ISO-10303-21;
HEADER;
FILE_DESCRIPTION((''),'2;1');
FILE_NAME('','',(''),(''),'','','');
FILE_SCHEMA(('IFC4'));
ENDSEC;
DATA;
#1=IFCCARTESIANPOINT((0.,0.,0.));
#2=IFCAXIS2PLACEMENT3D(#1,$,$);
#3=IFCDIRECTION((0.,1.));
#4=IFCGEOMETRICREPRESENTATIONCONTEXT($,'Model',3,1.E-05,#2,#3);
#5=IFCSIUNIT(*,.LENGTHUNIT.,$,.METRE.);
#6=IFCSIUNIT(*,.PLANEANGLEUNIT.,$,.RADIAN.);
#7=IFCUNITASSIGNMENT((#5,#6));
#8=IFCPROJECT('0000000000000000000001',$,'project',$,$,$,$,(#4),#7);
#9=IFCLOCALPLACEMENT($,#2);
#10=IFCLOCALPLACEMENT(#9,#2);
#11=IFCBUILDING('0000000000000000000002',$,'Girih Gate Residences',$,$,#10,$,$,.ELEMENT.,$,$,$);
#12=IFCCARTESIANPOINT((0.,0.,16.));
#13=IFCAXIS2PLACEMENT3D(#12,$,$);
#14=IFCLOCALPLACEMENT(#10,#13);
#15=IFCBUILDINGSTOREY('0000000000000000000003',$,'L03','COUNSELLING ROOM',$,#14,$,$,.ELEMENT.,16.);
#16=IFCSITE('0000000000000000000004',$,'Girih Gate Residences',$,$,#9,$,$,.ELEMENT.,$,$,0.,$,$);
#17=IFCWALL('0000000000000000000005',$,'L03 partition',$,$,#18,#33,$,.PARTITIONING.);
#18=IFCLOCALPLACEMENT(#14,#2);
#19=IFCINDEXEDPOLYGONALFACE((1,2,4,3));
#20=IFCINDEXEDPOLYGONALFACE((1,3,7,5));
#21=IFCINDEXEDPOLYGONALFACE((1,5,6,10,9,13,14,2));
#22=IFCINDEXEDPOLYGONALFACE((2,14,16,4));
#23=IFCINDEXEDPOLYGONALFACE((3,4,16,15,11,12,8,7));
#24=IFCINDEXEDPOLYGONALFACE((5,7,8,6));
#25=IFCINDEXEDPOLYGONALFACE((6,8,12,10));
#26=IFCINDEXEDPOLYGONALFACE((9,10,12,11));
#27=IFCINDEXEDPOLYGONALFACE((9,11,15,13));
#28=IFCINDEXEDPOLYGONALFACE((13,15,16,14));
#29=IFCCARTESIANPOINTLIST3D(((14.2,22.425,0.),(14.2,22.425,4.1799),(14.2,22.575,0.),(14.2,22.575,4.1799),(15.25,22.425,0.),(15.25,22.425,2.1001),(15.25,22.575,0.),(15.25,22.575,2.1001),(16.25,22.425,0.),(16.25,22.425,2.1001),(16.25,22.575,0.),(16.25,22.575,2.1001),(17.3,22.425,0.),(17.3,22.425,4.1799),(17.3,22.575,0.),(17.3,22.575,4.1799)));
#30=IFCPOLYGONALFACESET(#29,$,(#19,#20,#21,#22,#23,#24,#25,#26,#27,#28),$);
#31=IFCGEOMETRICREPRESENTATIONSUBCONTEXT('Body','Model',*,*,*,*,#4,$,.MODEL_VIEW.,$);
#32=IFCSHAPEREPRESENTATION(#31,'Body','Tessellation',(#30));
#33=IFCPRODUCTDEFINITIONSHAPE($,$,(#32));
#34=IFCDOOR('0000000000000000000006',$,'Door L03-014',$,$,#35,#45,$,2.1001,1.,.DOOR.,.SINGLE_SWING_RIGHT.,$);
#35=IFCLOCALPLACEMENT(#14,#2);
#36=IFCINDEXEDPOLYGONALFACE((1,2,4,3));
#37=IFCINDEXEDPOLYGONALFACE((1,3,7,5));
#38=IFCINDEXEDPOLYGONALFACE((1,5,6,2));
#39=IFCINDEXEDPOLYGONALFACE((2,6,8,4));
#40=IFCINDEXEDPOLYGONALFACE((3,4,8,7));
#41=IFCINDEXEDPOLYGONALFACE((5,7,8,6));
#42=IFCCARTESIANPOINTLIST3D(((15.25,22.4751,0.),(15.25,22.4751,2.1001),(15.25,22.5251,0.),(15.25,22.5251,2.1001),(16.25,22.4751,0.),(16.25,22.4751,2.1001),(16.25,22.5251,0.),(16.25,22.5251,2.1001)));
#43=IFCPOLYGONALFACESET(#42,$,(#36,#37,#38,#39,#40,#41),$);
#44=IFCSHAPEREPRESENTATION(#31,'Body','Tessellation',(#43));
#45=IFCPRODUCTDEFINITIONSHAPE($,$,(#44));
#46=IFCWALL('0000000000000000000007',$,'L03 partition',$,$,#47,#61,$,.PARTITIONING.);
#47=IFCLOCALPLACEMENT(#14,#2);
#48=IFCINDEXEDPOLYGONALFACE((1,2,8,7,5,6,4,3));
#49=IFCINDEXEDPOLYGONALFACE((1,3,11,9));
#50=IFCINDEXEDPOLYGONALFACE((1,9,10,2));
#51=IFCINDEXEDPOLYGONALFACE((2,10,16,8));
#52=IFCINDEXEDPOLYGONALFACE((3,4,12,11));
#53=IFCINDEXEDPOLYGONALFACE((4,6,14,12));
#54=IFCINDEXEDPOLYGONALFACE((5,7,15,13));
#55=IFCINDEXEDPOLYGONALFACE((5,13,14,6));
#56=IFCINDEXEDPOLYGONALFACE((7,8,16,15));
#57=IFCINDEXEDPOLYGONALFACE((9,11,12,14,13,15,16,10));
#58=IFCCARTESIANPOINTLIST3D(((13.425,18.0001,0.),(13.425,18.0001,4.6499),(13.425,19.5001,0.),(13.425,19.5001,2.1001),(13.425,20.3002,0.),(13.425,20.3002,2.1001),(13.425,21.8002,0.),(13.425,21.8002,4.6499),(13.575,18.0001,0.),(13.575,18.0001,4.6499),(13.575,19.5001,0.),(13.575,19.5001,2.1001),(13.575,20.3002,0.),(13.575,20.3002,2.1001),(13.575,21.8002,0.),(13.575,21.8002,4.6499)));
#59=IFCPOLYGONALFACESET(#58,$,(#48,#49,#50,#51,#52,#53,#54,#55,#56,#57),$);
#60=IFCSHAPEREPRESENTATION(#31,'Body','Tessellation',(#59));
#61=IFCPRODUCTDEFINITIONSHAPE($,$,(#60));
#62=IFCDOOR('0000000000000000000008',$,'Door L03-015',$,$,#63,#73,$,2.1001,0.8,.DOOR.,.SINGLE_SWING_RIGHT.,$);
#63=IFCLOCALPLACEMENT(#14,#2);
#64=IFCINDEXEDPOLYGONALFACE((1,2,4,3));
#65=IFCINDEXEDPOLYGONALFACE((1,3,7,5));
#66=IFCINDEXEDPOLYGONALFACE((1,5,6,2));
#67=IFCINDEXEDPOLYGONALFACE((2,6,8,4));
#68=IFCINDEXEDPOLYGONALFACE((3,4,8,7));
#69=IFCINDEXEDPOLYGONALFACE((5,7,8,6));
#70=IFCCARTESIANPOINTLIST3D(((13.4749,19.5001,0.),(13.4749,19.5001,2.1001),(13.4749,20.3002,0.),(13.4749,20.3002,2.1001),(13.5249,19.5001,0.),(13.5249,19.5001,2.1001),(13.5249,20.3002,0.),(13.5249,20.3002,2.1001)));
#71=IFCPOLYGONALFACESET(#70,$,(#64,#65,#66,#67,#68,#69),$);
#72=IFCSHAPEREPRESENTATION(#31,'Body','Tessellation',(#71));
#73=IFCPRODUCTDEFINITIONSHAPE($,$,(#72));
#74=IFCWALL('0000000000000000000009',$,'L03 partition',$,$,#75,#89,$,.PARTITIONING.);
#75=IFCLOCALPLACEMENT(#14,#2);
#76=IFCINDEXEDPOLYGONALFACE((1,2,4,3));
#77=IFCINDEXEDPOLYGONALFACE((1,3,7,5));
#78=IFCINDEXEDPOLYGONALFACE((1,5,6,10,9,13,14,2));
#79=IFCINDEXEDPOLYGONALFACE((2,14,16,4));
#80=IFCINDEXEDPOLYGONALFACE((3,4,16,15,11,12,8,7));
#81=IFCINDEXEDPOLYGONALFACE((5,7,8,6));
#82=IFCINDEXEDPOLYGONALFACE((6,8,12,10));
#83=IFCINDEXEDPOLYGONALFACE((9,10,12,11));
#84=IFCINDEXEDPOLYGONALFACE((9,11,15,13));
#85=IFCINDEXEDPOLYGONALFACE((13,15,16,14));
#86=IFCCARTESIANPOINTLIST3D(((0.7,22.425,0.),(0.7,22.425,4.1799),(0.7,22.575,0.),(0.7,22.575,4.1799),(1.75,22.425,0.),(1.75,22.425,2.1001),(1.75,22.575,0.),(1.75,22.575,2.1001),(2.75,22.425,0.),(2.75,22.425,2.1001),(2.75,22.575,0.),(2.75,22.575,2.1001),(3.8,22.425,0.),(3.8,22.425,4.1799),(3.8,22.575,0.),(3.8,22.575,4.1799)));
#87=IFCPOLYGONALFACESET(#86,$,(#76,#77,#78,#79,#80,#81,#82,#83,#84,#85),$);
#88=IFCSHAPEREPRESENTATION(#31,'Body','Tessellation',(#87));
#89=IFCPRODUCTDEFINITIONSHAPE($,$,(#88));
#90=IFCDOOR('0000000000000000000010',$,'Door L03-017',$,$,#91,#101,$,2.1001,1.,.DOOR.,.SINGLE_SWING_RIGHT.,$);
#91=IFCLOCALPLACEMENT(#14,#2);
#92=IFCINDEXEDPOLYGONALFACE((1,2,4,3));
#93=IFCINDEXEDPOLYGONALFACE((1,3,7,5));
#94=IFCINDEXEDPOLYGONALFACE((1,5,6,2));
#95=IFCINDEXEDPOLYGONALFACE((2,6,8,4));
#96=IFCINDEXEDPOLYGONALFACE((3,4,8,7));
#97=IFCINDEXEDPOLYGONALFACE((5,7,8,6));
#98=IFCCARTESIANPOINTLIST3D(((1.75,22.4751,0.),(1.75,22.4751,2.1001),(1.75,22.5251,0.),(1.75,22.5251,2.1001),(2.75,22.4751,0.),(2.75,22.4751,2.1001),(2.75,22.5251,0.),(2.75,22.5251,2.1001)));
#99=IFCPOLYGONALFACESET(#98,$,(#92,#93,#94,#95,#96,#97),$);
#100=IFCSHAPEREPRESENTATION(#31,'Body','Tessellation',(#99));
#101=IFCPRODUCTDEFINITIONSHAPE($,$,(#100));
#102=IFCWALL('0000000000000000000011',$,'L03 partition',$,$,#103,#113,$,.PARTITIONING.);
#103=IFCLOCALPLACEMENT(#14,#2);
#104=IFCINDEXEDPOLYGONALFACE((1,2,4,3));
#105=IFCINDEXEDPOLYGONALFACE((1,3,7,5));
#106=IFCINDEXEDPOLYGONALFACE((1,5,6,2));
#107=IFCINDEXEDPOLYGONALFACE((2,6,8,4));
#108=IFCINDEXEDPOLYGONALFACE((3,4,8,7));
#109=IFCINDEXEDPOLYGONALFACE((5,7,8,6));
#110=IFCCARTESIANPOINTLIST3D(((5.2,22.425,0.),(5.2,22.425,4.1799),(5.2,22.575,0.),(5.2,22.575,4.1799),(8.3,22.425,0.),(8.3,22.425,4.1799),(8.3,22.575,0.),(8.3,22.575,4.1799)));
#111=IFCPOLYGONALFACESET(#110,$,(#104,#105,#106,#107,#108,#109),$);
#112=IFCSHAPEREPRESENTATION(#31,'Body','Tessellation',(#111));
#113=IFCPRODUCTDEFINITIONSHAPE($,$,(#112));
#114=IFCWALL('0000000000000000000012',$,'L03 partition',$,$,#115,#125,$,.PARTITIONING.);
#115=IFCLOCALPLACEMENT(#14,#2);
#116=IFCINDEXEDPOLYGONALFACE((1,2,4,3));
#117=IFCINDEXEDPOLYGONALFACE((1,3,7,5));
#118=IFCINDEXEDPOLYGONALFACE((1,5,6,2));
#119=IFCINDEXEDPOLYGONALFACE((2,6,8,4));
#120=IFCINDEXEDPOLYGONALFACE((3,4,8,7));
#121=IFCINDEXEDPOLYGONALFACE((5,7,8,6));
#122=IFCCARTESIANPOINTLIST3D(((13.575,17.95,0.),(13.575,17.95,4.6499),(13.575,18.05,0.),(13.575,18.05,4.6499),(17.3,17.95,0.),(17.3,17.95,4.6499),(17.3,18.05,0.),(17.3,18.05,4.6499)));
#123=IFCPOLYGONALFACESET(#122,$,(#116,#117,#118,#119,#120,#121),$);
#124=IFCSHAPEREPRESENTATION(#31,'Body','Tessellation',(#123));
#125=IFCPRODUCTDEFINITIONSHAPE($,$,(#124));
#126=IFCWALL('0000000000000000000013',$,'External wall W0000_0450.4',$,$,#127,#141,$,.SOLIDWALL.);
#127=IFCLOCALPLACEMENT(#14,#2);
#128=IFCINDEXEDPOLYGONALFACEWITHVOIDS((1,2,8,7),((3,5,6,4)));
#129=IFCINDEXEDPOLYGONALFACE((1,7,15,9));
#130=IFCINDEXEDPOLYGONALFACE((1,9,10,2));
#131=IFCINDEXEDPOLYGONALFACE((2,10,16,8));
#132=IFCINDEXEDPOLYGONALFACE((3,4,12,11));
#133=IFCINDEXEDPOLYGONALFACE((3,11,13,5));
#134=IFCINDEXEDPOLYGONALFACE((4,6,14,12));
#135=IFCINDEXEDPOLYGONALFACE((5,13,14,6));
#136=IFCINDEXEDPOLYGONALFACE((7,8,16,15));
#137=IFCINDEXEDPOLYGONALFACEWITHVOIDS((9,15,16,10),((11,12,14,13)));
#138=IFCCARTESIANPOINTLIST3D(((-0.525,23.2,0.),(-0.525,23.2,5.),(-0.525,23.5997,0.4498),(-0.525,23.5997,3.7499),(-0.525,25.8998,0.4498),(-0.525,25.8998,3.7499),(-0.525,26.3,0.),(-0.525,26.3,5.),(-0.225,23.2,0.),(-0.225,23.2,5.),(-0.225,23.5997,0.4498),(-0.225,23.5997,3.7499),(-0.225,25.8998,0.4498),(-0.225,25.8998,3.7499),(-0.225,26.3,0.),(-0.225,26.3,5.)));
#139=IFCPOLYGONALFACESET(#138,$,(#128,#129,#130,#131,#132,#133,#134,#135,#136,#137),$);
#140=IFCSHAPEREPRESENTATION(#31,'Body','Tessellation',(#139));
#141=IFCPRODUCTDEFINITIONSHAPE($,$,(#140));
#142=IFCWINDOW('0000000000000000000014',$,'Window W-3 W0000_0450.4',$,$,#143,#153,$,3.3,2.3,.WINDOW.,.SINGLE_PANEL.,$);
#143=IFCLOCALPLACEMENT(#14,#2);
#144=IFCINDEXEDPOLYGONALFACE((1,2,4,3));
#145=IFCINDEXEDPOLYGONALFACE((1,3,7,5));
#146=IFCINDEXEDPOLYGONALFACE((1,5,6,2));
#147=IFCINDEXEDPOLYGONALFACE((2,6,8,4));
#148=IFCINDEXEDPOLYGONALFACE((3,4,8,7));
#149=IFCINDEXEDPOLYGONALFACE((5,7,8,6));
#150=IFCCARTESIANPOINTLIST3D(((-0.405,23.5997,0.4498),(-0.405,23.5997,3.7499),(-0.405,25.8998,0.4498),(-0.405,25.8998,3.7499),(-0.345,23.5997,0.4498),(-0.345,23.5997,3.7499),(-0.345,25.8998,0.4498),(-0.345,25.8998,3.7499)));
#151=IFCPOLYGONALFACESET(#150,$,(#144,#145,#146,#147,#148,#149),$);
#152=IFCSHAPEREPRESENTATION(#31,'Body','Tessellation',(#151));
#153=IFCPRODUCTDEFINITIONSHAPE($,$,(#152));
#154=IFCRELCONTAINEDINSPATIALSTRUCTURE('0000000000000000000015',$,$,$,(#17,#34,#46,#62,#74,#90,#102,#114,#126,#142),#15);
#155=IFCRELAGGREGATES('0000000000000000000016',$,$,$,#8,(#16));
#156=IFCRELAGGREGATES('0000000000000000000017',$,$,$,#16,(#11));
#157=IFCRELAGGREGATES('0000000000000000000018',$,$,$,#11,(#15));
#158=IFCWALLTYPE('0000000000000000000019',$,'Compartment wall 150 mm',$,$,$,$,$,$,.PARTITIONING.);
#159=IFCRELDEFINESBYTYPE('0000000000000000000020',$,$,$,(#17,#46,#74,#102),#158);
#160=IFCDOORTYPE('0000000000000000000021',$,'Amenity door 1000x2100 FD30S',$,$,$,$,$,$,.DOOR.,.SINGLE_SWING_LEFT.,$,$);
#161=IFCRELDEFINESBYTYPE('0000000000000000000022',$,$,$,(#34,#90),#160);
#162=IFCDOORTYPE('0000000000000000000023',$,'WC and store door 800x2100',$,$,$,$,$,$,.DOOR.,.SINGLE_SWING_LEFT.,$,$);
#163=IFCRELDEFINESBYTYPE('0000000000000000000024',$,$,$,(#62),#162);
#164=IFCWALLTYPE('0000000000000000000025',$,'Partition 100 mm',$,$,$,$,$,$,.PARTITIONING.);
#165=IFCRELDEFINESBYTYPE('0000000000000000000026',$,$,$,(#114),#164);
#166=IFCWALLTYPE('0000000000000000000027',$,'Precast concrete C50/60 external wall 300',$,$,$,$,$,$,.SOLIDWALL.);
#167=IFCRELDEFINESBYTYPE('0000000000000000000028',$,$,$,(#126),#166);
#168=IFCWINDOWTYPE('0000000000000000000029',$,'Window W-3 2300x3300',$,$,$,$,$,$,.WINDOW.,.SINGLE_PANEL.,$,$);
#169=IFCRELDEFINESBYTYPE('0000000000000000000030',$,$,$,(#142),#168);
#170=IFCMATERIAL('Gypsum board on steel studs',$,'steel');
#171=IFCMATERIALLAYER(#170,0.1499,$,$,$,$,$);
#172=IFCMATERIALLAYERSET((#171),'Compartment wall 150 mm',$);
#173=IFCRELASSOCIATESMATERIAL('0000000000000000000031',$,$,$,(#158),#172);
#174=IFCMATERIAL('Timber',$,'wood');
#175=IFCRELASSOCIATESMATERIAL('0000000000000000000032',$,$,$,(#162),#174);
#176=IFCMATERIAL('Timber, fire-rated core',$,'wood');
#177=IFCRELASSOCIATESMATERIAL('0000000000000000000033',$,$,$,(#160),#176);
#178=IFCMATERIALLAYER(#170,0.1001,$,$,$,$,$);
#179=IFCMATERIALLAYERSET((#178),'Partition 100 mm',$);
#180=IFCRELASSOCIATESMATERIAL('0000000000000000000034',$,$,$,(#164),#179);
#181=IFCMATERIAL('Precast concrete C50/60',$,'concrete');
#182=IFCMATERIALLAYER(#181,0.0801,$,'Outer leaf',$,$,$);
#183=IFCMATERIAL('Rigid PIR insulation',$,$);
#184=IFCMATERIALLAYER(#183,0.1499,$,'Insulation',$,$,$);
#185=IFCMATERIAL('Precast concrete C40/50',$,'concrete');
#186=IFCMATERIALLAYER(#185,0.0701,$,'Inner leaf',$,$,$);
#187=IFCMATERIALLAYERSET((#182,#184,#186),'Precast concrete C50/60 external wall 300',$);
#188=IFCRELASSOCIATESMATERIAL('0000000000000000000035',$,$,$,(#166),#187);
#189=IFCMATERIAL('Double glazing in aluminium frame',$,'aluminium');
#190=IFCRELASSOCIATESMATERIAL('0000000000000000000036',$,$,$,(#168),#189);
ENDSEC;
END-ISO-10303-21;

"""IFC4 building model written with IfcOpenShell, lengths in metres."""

from ifc_helpers import new_model, si_unit, direction, frame, frame_2d, origin, place, context, subcontext, project, spatial, rectangle, extrude, material, layer, layer_set, type_object, element, fill, save


model = new_model("IFC4")

# Units and contexts
model_context = context("Model", 3, precision=1e-05, world=origin(), true_north=direction((0.0, 1.0)))
body_context = subcontext(model_context, "Body", "Model", "MODEL_VIEW")
ifc_project = project(units=[si_unit("LENGTHUNIT", "METRE"), si_unit("PLANEANGLEUNIT", "RADIAN")], contexts=[model_context])

# Site, building, storey
site_placement = place(None, origin())
site = spatial("IfcSite", under=ifc_project, at=site_placement, Name="Girih Gate Residences", CompositionType="ELEMENT", RefElevation=0.0)
building_placement = place(site_placement, origin())
building = spatial("IfcBuilding", under=site, at=building_placement, Name="Girih Gate Residences", CompositionType="ELEMENT")
storey_placement = place(building_placement, frame((0.0, 0.0, 16.0)))
storey = spatial("IfcBuildingStorey", under=building, at=storey_placement, Name="L03", Description="COUNSELLING ROOM", CompositionType="ELEMENT", Elevation=16.0)

# Walls, openings, doors
ifc_material_1 = material(Name="Gypsum board on steel studs", Category="steel")
ifc_layer_1 = layer(ifc_material_1, 0.1499)
ifc_layer_set_1 = layer_set([ifc_layer_1], Name="Compartment wall 150 mm")
wall_type_1 = type_object("IfcWallType", Name="Compartment wall 150 mm", PredefinedType="PARTITIONING", material=ifc_layer_set_1)
ifc_material_2 = material(Name="Timber", Category="wood")
door_type_1 = type_object("IfcDoorType", Name="WC and store door 800x2100", OperationType="SINGLE_SWING_LEFT", PredefinedType="DOOR", material=ifc_material_2)
wall_1_placement = place(storey_placement, frame((17.3, 22.5, 0.0), z_axis=(0.0, 0.0, 1.0), x_axis=(-1.0, 0.0, 0.0)))
wall_1 = element("IfcWall", 1, at=wall_1_placement, inside=storey, type_object=wall_type_1, Name="L03 partition", PredefinedType="PARTITIONING", context=body_context, shape_type="SweptSolid", body=[
    extrude(rectangle(XDim=3.1001, YDim=0.1499, at=frame_2d((1.55, 0.0))), origin(), (0.0, 0.0, 1.0), 4.1799),
])
opening_1_placement = place(wall_1_placement, frame((1.05, 0.0, 0.0)))
opening_1 = element("IfcOpeningElement", 2, at=opening_1_placement, cuts=wall_1, PredefinedType="OPENING", context=body_context, shape_type="SweptSolid", body=[
    extrude(rectangle(XDim=1.0, YDim=2.1001, at=frame_2d((0.5, 1.05))), frame((0.0, 0.085, 0.0), z_axis=(0.0, -1.0, 0.0), x_axis=(1.0, 0.0, 0.0)), (0.0, 0.0, 1.0), 0.1699),
])
ifc_material_3 = material(Name="Timber, fire-rated core", Category="wood")
door_type_2 = type_object("IfcDoorType", Name="Amenity door 1000x2100 FD30S", OperationType="SINGLE_SWING_LEFT", PredefinedType="DOOR", material=ifc_material_3)
door_1_placement = place(opening_1_placement, origin())
door_1 = element("IfcDoor", 3, at=door_1_placement, inside=storey, type_object=door_type_2, Name="Door L03-014", OperationType="SINGLE_SWING_RIGHT", OverallHeight=2.1001, OverallWidth=1.0, PredefinedType="DOOR", context=body_context, shape_type="SweptSolid", body=[
    extrude(rectangle(XDim=1.0, YDim=2.1001, at=frame_2d((0.5, 1.05))), frame((0.0, 0.0249, 0.0), z_axis=(0.0, -1.0, 0.0), x_axis=(1.0, 0.0, 0.0)), (0.0, 0.0, 1.0), 0.05),
])
fill(opening_1, door_1)
wall_2_placement = place(storey_placement, frame((13.5, 21.8, 0.0), z_axis=(0.0, 0.0, 1.0), x_axis=(0.0, -1.0, 0.0)))
wall_2 = element("IfcWall", 4, at=wall_2_placement, inside=storey, type_object=wall_type_1, Name="L03 partition", PredefinedType="PARTITIONING", context=body_context, shape_type="SweptSolid", body=[
    extrude(rectangle(XDim=3.8, YDim=0.1499, at=frame_2d((1.8999, 0.0))), origin(), (0.0, 0.0, 1.0), 4.6499),
])
opening_2_placement = place(wall_2_placement, frame((1.5, 0.0, 0.0)))
opening_2 = element("IfcOpeningElement", 5, at=opening_2_placement, cuts=wall_2, PredefinedType="OPENING", context=body_context, shape_type="SweptSolid", body=[
    extrude(rectangle(XDim=0.8, YDim=2.1001, at=frame_2d((0.3999, 1.05))), frame((0.0, 0.085, 0.0), z_axis=(0.0, -1.0, 0.0), x_axis=(1.0, 0.0, 0.0)), (0.0, 0.0, 1.0), 0.1699),
])
door_2_placement = place(opening_2_placement, origin())
door_2 = element("IfcDoor", 6, at=door_2_placement, inside=storey, type_object=door_type_1, Name="Door L03-015", OperationType="SINGLE_SWING_RIGHT", OverallHeight=2.1001, OverallWidth=0.8, PredefinedType="DOOR", context=body_context, shape_type="SweptSolid", body=[
    extrude(rectangle(XDim=0.8, YDim=2.1001, at=frame_2d((0.3999, 1.05))), frame((0.0, 0.0249, 0.0), z_axis=(0.0, -1.0, 0.0), x_axis=(1.0, 0.0, 0.0)), (0.0, 0.0, 1.0), 0.05),
])
fill(opening_2, door_2)
wall_3_placement = place(storey_placement, frame((3.8, 22.5, 0.0), z_axis=(0.0, 0.0, 1.0), x_axis=(-1.0, 0.0, 0.0)))
wall_3 = element("IfcWall", 7, at=wall_3_placement, inside=storey, type_object=wall_type_1, Name="L03 partition", PredefinedType="PARTITIONING", context=body_context, shape_type="SweptSolid", body=[
    extrude(rectangle(XDim=3.1001, YDim=0.1499, at=frame_2d((1.55, 0.0))), origin(), (0.0, 0.0, 1.0), 4.1799),
])
opening_3_placement = place(wall_3_placement, frame((1.05, 0.0, 0.0)))
opening_3 = element("IfcOpeningElement", 8, at=opening_3_placement, cuts=wall_3, PredefinedType="OPENING", context=body_context, shape_type="SweptSolid", body=[
    extrude(rectangle(XDim=1.0, YDim=2.1001, at=frame_2d((0.5, 1.05))), frame((0.0, 0.085, 0.0), z_axis=(0.0, -1.0, 0.0), x_axis=(1.0, 0.0, 0.0)), (0.0, 0.0, 1.0), 0.1699),
])
door_3_placement = place(opening_3_placement, origin())
door_3 = element("IfcDoor", 9, at=door_3_placement, inside=storey, type_object=door_type_2, Name="Door L03-017", OperationType="SINGLE_SWING_RIGHT", OverallHeight=2.1001, OverallWidth=1.0, PredefinedType="DOOR", context=body_context, shape_type="SweptSolid", body=[
    extrude(rectangle(XDim=1.0, YDim=2.1001, at=frame_2d((0.5, 1.05))), frame((0.0, 0.0249, 0.0), z_axis=(0.0, -1.0, 0.0), x_axis=(1.0, 0.0, 0.0)), (0.0, 0.0, 1.0), 0.05),
])
fill(opening_3, door_3)

# Walls
wall_4_placement = place(storey_placement, frame((5.2, 22.5, 0.0), z_axis=(0.0, 0.0, 1.0), x_axis=(1.0, 0.0, 0.0)))
element("IfcWall", 10, at=wall_4_placement, inside=storey, type_object=wall_type_1, Name="L03 partition", PredefinedType="PARTITIONING", context=body_context, shape_type="SweptSolid", body=[
    extrude(rectangle(XDim=3.1001, YDim=0.1499, at=frame_2d((1.55, 0.0))), origin(), (0.0, 0.0, 1.0), 4.1799),
])
ifc_layer_2 = layer(ifc_material_1, 0.1001)
ifc_layer_set_2 = layer_set([ifc_layer_2], Name="Partition 100 mm")
wall_type_2 = type_object("IfcWallType", Name="Partition 100 mm", PredefinedType="PARTITIONING", material=ifc_layer_set_2)
wall_5_placement = place(storey_placement, frame((13.575, 18.0, 0.0), z_axis=(0.0, 0.0, 1.0), x_axis=(1.0, 0.0, 0.0)))
element("IfcWall", 11, at=wall_5_placement, inside=storey, type_object=wall_type_2, Name="L03 partition", PredefinedType="PARTITIONING", context=body_context, shape_type="SweptSolid", body=[
    extrude(rectangle(XDim=3.7251, YDim=0.1001, at=frame_2d((1.8625, 0.0))), origin(), (0.0, 0.0, 1.0), 4.6499),
])

# Wall, opening, window
ifc_material_4 = material(Name="Precast concrete C50/60", Category="concrete")
ifc_layer_3 = layer(ifc_material_4, 0.0801, Name="Outer leaf")
ifc_material_5 = material(Name="Rigid PIR insulation")
ifc_layer_4 = layer(ifc_material_5, 0.1499, Name="Insulation")
ifc_material_6 = material(Name="Precast concrete C40/50", Category="concrete")
ifc_layer_5 = layer(ifc_material_6, 0.0701, Name="Inner leaf")
ifc_layer_set_3 = layer_set([ifc_layer_3, ifc_layer_4, ifc_layer_5], Name="Precast concrete C50/60 external wall 300")
wall_type_3 = type_object("IfcWallType", Name="Precast concrete C50/60 external wall 300", PredefinedType="SOLIDWALL", material=ifc_layer_set_3)
wall_6_placement = place(storey_placement, frame((-0.375, 23.2, 0.0), z_axis=(0.0, 0.0, 1.0), x_axis=(0.0, 1.0, 0.0)))
wall_6 = element("IfcWall", 12, at=wall_6_placement, inside=storey, type_object=wall_type_3, Name="External wall W0000_0450.4", PredefinedType="SOLIDWALL", context=body_context, shape_type="SweptSolid", body=[
    extrude(rectangle(XDim=3.1001, YDim=0.3, at=frame_2d((1.55, 0.0))), origin(), (0.0, 0.0, 1.0), 5.0),
])
opening_4_placement = place(wall_6_placement, frame((0.3999, 0.0, 0.45)))
opening_4 = element("IfcOpeningElement", 13, at=opening_4_placement, cuts=wall_6, PredefinedType="OPENING", context=body_context, shape_type="SweptSolid", body=[
    extrude(rectangle(XDim=2.3, YDim=3.3, at=frame_2d((1.1499, 1.6499))), frame((0.0, 0.1599, 0.0), z_axis=(0.0, -1.0, 0.0), x_axis=(1.0, 0.0, 0.0)), (0.0, 0.0, 1.0), 0.3201),
])
ifc_material_7 = material(Name="Double glazing in aluminium frame", Category="aluminium")
window_type = type_object("IfcWindowType", Name="Window W-3 2300x3300", PartitioningType="SINGLE_PANEL", PredefinedType="WINDOW", material=ifc_material_7)
window_1_placement = place(opening_4_placement, origin())
window_1 = element("IfcWindow", 14, at=window_1_placement, inside=storey, type_object=window_type, Name="Window W-3 W0000_0450.4", OverallHeight=3.3, OverallWidth=2.3, PartitioningType="SINGLE_PANEL", PredefinedType="WINDOW", context=body_context, shape_type="SweptSolid", body=[
    extrude(rectangle(XDim=2.3, YDim=3.3, at=frame_2d((1.1499, 1.6499))), frame((0.0, 0.03, 0.0), z_axis=(0.0, -1.0, 0.0), x_axis=(1.0, 0.0, 0.0)), (0.0, 0.0, 1.0), 0.0601),
])
fill(opening_4, window_1)

save(model, "model.ifc")
